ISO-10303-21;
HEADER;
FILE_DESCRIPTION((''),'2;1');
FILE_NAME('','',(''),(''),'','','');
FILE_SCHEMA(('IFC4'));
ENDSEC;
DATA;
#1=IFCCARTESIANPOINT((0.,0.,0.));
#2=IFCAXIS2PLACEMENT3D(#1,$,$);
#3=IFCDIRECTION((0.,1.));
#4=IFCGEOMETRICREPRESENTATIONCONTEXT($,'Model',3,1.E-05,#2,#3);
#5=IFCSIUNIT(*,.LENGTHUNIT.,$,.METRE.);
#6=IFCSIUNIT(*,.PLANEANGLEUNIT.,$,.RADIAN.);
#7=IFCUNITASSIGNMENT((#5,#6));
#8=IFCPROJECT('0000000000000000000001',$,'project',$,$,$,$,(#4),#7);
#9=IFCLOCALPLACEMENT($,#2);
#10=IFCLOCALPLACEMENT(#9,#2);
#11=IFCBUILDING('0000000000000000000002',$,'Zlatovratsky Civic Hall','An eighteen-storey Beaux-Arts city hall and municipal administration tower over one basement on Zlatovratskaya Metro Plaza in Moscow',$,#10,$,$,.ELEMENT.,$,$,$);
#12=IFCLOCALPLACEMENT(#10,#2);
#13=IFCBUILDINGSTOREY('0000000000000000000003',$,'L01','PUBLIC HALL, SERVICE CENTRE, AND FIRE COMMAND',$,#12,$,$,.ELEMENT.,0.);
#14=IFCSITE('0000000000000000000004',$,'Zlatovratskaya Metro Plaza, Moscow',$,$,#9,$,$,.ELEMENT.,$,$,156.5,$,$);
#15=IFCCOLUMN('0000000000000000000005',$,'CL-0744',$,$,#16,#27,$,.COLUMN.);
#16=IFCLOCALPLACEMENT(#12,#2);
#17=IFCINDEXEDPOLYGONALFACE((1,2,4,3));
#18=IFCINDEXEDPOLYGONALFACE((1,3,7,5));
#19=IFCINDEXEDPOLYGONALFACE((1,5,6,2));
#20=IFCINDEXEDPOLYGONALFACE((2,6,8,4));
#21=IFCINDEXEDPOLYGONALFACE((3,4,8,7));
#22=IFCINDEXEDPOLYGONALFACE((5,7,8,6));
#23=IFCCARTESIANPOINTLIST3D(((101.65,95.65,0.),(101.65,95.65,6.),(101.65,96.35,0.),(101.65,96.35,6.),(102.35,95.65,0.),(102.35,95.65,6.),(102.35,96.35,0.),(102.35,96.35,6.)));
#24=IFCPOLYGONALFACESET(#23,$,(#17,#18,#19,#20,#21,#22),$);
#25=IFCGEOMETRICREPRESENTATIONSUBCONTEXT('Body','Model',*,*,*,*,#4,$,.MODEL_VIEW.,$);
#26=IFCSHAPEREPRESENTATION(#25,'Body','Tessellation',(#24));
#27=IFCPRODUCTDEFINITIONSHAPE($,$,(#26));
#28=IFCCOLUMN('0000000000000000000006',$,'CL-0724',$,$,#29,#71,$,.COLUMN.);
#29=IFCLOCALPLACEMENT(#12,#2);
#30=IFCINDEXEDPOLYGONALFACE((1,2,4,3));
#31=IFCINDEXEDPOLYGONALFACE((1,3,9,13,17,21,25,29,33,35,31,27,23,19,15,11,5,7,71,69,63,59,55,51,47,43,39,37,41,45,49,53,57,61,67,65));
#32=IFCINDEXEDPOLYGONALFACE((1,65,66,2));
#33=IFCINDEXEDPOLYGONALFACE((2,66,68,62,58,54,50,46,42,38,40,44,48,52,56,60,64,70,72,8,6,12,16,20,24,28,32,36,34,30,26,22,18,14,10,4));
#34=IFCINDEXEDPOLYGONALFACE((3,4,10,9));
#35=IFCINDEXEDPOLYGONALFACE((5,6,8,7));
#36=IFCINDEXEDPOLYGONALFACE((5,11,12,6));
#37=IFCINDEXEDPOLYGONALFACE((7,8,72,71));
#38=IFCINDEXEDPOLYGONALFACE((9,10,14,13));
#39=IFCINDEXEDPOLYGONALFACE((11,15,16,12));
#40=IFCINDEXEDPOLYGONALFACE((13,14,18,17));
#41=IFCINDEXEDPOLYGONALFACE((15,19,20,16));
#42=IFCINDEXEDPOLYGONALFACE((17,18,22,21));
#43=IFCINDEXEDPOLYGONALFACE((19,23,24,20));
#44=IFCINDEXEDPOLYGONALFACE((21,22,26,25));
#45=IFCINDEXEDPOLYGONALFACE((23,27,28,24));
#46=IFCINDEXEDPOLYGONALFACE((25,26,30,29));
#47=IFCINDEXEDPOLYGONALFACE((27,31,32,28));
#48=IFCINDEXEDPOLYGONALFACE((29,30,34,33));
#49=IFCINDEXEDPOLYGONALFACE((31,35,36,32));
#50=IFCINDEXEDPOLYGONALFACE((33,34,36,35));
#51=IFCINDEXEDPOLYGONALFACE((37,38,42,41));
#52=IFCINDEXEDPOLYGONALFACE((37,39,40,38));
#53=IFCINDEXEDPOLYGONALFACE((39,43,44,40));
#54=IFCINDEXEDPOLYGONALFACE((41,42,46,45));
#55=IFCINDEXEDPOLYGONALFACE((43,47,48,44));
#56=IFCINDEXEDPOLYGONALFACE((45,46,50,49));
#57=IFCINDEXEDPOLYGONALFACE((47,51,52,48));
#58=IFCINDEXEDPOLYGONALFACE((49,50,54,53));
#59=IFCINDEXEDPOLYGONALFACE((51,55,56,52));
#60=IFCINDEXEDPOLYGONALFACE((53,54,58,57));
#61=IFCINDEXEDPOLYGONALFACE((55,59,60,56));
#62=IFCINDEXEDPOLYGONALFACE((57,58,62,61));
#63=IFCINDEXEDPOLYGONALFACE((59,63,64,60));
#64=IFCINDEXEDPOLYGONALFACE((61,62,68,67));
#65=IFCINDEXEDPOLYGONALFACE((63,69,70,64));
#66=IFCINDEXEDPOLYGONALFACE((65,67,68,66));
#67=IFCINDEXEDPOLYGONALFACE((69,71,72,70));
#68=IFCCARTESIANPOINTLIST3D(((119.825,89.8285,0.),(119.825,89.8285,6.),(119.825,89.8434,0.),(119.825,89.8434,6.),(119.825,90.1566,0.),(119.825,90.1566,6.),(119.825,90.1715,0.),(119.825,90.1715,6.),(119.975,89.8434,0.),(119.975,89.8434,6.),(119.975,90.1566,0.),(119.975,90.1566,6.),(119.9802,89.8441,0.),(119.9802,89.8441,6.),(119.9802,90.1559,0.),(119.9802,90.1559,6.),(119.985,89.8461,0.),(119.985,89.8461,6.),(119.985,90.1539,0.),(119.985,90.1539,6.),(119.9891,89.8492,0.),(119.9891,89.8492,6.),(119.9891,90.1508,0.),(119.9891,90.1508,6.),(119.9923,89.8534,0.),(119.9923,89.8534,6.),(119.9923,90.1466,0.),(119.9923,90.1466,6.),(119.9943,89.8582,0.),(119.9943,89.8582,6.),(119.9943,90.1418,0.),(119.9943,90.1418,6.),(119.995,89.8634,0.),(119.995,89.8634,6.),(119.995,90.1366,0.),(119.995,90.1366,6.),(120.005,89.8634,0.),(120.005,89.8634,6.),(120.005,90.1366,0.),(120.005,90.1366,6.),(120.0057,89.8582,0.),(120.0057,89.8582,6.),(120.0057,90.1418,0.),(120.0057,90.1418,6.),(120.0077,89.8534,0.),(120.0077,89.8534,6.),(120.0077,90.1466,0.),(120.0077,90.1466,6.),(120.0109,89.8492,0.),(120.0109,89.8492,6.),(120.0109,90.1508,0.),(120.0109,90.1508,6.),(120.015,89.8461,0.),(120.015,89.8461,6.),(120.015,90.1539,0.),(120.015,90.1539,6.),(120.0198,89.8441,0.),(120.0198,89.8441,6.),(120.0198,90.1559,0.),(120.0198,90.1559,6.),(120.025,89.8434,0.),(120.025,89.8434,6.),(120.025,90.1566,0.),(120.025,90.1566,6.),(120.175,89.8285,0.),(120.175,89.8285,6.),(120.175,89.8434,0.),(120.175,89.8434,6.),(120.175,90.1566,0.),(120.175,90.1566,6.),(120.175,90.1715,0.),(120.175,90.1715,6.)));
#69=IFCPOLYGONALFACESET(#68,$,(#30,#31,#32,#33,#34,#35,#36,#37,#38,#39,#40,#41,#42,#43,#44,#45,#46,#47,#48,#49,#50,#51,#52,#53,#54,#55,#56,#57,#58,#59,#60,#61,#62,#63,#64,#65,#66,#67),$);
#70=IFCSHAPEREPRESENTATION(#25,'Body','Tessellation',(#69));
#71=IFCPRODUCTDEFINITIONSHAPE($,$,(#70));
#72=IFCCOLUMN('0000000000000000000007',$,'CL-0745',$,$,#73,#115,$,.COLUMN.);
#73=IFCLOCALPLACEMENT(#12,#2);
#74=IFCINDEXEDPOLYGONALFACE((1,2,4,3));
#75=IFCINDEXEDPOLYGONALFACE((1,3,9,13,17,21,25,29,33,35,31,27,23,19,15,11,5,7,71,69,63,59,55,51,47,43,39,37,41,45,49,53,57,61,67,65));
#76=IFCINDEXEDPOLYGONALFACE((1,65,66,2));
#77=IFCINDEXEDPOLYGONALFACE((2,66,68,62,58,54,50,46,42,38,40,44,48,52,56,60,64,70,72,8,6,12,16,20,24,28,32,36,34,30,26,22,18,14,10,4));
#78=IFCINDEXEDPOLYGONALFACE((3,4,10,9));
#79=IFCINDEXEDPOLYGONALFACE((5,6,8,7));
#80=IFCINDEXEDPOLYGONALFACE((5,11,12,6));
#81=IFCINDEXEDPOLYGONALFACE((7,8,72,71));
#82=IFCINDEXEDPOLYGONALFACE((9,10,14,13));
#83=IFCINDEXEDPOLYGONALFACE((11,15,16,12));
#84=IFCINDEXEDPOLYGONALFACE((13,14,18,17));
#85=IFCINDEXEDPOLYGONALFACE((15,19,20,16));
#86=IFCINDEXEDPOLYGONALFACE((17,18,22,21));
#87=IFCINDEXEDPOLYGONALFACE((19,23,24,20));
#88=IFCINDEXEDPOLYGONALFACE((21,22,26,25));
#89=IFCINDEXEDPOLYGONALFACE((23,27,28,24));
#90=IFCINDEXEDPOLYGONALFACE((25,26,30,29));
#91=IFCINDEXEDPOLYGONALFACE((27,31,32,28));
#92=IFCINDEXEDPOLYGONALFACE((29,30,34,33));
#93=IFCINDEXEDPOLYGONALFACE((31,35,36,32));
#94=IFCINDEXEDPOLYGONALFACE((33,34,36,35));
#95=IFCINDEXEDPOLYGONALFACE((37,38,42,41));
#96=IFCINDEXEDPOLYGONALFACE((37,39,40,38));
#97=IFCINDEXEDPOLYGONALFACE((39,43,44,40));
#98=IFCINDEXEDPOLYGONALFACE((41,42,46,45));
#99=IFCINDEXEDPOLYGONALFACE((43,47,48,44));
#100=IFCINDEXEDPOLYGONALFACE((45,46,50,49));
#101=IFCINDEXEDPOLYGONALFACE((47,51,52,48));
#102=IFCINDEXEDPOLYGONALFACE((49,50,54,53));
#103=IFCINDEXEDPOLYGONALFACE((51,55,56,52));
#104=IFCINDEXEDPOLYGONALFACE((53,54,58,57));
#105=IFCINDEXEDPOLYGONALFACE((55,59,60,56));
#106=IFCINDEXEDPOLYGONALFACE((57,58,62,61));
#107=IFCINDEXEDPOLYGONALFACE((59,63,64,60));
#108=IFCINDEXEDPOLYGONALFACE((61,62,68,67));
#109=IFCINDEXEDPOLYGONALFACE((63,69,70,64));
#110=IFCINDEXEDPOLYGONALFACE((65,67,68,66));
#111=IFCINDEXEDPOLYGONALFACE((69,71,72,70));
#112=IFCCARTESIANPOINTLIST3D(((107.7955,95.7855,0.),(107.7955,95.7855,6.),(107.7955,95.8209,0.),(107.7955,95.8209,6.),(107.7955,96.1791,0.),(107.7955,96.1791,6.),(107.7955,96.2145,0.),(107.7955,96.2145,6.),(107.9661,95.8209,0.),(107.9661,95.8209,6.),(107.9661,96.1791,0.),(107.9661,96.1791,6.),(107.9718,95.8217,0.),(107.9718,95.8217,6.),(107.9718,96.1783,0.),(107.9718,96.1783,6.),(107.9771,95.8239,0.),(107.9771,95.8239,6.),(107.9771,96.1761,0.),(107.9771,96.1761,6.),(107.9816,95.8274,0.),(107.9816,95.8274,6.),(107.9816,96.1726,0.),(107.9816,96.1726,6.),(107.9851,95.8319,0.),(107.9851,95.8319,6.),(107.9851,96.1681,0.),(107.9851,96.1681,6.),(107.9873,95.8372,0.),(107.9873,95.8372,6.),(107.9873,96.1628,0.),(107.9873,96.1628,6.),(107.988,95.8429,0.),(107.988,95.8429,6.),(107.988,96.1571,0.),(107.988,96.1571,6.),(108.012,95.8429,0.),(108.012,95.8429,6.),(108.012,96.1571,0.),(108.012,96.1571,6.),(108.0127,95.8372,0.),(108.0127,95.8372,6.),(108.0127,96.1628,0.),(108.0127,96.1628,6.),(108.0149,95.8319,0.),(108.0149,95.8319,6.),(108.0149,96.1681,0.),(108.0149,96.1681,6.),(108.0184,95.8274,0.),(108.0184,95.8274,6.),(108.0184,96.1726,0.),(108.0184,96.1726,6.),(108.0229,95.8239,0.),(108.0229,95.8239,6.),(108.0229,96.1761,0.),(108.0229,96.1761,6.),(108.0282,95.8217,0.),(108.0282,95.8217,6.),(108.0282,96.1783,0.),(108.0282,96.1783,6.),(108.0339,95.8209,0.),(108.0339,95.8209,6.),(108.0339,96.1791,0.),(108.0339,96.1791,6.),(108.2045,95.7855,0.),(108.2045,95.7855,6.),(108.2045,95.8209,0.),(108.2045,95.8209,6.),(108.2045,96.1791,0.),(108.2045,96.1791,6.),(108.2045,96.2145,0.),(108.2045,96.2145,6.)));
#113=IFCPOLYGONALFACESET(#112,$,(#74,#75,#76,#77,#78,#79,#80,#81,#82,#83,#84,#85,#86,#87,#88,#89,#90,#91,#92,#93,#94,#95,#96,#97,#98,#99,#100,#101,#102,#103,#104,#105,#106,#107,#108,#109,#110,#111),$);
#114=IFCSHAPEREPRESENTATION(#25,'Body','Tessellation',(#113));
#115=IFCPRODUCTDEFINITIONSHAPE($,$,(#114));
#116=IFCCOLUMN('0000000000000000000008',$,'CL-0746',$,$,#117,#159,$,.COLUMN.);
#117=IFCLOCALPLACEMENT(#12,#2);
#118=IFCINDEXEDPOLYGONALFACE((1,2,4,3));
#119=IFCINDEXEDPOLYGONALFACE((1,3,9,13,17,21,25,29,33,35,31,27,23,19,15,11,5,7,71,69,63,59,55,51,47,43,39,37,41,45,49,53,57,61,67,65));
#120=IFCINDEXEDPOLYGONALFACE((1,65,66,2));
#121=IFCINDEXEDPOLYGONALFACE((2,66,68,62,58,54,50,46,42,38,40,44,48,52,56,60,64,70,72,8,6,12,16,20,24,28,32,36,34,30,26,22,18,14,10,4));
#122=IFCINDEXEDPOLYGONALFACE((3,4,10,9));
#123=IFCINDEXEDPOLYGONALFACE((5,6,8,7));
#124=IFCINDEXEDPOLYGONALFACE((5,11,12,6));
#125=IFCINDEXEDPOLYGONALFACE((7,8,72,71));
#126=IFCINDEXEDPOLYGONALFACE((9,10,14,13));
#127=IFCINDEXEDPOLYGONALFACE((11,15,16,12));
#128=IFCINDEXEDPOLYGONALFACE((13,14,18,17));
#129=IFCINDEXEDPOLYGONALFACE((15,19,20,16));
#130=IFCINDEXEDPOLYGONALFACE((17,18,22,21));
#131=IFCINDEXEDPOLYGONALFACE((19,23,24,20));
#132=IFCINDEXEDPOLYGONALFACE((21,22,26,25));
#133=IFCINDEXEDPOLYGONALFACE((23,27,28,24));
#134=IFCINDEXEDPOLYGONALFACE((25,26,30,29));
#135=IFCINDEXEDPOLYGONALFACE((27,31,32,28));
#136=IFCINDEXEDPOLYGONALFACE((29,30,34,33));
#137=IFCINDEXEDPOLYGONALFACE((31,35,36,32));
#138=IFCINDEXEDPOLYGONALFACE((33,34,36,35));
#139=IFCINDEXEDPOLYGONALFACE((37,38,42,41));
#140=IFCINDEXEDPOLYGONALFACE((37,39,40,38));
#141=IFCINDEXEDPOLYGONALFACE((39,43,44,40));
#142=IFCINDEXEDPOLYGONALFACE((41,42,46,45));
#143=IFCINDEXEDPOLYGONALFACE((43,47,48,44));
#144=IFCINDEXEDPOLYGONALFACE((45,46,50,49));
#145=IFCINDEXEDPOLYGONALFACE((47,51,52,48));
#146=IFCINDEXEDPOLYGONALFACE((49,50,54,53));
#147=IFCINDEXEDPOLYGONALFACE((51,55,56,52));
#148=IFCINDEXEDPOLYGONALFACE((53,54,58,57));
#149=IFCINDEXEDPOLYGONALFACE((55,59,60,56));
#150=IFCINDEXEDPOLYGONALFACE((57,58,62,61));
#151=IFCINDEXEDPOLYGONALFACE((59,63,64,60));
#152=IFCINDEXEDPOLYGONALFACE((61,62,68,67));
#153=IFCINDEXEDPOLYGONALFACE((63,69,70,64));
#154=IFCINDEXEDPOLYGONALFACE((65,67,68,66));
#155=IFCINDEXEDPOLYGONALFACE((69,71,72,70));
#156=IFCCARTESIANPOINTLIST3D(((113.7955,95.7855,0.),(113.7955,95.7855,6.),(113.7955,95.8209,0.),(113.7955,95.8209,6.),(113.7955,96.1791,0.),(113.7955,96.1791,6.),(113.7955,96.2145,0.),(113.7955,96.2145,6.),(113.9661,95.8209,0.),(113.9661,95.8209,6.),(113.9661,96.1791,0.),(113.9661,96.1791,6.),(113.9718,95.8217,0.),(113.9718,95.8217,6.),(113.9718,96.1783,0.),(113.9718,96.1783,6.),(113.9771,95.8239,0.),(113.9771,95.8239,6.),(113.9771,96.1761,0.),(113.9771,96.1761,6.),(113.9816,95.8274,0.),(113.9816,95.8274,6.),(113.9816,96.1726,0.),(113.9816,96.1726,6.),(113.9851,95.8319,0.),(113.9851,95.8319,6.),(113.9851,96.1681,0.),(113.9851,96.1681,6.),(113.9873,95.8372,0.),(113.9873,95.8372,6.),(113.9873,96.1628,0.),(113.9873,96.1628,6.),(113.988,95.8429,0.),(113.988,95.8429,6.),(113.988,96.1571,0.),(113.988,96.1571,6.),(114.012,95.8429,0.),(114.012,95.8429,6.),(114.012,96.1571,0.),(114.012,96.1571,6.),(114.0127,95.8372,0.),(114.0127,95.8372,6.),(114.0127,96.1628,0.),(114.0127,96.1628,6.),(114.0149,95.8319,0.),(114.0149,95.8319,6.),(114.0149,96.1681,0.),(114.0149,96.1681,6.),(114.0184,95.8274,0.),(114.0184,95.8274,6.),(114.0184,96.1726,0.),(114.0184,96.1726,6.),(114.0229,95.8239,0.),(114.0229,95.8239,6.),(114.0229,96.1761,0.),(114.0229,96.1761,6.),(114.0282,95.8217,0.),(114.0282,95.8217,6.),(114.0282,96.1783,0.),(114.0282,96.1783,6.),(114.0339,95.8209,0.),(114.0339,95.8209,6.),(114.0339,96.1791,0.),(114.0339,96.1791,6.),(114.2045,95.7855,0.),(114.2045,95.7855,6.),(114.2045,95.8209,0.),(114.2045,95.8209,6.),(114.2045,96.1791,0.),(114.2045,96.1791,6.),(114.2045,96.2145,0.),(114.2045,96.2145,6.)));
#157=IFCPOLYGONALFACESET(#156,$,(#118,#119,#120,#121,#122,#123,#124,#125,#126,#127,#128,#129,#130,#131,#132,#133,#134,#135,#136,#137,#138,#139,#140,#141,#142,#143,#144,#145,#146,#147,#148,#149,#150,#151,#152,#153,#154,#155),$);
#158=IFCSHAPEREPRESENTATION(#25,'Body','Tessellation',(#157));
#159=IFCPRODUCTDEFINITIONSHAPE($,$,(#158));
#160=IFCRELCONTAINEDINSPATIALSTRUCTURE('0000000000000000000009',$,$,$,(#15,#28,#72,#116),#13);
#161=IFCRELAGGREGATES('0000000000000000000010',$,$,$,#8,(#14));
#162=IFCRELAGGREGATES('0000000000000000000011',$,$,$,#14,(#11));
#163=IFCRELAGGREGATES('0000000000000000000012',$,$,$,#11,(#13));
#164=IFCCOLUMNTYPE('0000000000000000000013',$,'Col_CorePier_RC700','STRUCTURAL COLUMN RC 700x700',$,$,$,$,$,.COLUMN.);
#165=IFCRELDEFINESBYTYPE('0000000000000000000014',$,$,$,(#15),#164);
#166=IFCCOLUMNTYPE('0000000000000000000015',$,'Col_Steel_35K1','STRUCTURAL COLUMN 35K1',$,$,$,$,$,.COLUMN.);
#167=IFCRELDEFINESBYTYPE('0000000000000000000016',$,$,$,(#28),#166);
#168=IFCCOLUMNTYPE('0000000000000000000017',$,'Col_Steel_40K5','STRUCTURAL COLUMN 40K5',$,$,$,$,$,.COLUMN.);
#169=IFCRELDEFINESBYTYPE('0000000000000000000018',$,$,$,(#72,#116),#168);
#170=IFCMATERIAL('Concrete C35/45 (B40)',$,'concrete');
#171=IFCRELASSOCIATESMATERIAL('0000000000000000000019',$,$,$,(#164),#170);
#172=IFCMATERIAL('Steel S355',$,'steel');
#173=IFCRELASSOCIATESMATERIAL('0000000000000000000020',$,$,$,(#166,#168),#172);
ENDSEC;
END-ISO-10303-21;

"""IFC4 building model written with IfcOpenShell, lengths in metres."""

from ifc_helpers import new_model, si_unit, direction, frame, origin, origin_2d, place, context, subcontext, project, spatial, rectangle, i_section, extrude, material, material_profile, profile_set, type_object, element, save


model = new_model("IFC4")

# Units and contexts
model_context = context("Model", 3, precision=1e-05, world=origin(), true_north=direction((0.0, 1.0)))
body_context = subcontext(model_context, "Body", "Model", "MODEL_VIEW")
ifc_project = project(units=[si_unit("LENGTHUNIT", "METRE"), si_unit("PLANEANGLEUNIT", "RADIAN")], contexts=[model_context])

# Site, building, storey
site_placement = place(None, origin())
site = spatial("IfcSite", under=ifc_project, at=site_placement, Name="Zlatovratskaya Metro Plaza, Moscow", CompositionType="ELEMENT", RefElevation=156.5)
building_placement = place(site_placement, origin())
building = spatial("IfcBuilding", under=site, at=building_placement, Name="Zlatovratsky Civic Hall", Description="An eighteen-storey Beaux-Arts city hall and municipal administration tower over one basement on Zlatovratskaya Metro Plaza in Moscow", CompositionType="ELEMENT")
storey_placement = place(building_placement, origin())
storey = spatial("IfcBuildingStorey", under=building, at=storey_placement, Name="L01", Description="PUBLIC HALL, SERVICE CENTRE, AND FIRE COMMAND", CompositionType="ELEMENT", Elevation=0.0)

# Columns
ifc_material_1 = material(Name="Concrete C35/45 (B40)", Category="concrete")
ifc_material_profile_1 = material_profile(ifc_material_1, rectangle(XDim=0.7, YDim=0.7, at=origin_2d()), Name="RC 700x700")
ifc_profile_set_1 = profile_set([ifc_material_profile_1], Name="Concrete C35/45 (B40)")
column_type_1 = type_object("IfcColumnType", Name="Col_CorePier_RC700", Description="STRUCTURAL COLUMN RC 700x700", PredefinedType="COLUMN", material=ifc_profile_set_1)
column_1_placement = place(storey_placement, frame((102.0, 96.0, 0.0), z_axis=(0.0, 0.0, 1.0), x_axis=(1.0, 0.0, 0.0)))
element("IfcColumn", 1, at=column_1_placement, inside=storey, type_object=column_type_1, Name="CL-0744", PredefinedType="COLUMN", context=body_context, shape_type="SweptSolid", body=[
    extrude(rectangle(XDim=0.7, YDim=0.7, at=origin_2d()), origin(), (0.0, 0.0, 1.0), 6.0),
])
ifc_material_2 = material(Name="Steel S355", Category="steel")
ifc_material_profile_2 = material_profile(ifc_material_2, i_section(OverallWidth=0.3501, OverallDepth=0.343, WebThickness=0.01, FlangeThickness=0.0149, FilletRadius=0.02, at=origin_2d()), Name="35K1")
ifc_profile_set_2 = profile_set([ifc_material_profile_2], Name="Steel S355")
column_type_2 = type_object("IfcColumnType", Name="Col_Steel_35K1", Description="STRUCTURAL COLUMN 35K1", PredefinedType="COLUMN", material=ifc_profile_set_2)
column_2_placement = place(storey_placement, frame((120.0, 90.0, 0.0), z_axis=(0.0, 0.0, 1.0), x_axis=(1.0, 0.0, 0.0)))
element("IfcColumn", 2, at=column_2_placement, inside=storey, type_object=column_type_2, Name="CL-0724", PredefinedType="COLUMN", context=body_context, shape_type="SweptSolid", body=[
    extrude(i_section(OverallWidth=0.3501, OverallDepth=0.343, WebThickness=0.01, FlangeThickness=0.0149, FilletRadius=0.02, at=origin_2d()), origin(), (0.0, 0.0, 1.0), 6.0),
])
ifc_material_profile_3 = material_profile(ifc_material_2, i_section(OverallWidth=0.4089, OverallDepth=0.429, WebThickness=0.0239, FlangeThickness=0.0354, FilletRadius=0.022, at=origin_2d()), Name="40K5")
ifc_profile_set_3 = profile_set([ifc_material_profile_3], Name="Steel S355")
column_type_3 = type_object("IfcColumnType", Name="Col_Steel_40K5", Description="STRUCTURAL COLUMN 40K5", PredefinedType="COLUMN", material=ifc_profile_set_3)
for number, where, z_axis, x_axis, name in (
    (3, (108.0, 96.0, 0.0), (0.0, 0.0, 1.0), (1.0, 0.0, 0.0), "CL-0745"),
    (4, (114.0, 96.0, 0.0), (0.0, 0.0, 1.0), (1.0, 0.0, 0.0), "CL-0746"),
):
    element("IfcColumn", number, at=place(storey_placement, frame(where, z_axis=z_axis, x_axis=x_axis)), inside=storey, type_object=column_type_3, Name=name, PredefinedType="COLUMN", context=body_context, shape_type="SweptSolid", body=[
        extrude(i_section(OverallWidth=0.4089, OverallDepth=0.429, WebThickness=0.0239, FlangeThickness=0.0354, FilletRadius=0.022, at=origin_2d()), origin(), (0.0, 0.0, 1.0), 6.0),
    ])

save(model, "model.ifc")
